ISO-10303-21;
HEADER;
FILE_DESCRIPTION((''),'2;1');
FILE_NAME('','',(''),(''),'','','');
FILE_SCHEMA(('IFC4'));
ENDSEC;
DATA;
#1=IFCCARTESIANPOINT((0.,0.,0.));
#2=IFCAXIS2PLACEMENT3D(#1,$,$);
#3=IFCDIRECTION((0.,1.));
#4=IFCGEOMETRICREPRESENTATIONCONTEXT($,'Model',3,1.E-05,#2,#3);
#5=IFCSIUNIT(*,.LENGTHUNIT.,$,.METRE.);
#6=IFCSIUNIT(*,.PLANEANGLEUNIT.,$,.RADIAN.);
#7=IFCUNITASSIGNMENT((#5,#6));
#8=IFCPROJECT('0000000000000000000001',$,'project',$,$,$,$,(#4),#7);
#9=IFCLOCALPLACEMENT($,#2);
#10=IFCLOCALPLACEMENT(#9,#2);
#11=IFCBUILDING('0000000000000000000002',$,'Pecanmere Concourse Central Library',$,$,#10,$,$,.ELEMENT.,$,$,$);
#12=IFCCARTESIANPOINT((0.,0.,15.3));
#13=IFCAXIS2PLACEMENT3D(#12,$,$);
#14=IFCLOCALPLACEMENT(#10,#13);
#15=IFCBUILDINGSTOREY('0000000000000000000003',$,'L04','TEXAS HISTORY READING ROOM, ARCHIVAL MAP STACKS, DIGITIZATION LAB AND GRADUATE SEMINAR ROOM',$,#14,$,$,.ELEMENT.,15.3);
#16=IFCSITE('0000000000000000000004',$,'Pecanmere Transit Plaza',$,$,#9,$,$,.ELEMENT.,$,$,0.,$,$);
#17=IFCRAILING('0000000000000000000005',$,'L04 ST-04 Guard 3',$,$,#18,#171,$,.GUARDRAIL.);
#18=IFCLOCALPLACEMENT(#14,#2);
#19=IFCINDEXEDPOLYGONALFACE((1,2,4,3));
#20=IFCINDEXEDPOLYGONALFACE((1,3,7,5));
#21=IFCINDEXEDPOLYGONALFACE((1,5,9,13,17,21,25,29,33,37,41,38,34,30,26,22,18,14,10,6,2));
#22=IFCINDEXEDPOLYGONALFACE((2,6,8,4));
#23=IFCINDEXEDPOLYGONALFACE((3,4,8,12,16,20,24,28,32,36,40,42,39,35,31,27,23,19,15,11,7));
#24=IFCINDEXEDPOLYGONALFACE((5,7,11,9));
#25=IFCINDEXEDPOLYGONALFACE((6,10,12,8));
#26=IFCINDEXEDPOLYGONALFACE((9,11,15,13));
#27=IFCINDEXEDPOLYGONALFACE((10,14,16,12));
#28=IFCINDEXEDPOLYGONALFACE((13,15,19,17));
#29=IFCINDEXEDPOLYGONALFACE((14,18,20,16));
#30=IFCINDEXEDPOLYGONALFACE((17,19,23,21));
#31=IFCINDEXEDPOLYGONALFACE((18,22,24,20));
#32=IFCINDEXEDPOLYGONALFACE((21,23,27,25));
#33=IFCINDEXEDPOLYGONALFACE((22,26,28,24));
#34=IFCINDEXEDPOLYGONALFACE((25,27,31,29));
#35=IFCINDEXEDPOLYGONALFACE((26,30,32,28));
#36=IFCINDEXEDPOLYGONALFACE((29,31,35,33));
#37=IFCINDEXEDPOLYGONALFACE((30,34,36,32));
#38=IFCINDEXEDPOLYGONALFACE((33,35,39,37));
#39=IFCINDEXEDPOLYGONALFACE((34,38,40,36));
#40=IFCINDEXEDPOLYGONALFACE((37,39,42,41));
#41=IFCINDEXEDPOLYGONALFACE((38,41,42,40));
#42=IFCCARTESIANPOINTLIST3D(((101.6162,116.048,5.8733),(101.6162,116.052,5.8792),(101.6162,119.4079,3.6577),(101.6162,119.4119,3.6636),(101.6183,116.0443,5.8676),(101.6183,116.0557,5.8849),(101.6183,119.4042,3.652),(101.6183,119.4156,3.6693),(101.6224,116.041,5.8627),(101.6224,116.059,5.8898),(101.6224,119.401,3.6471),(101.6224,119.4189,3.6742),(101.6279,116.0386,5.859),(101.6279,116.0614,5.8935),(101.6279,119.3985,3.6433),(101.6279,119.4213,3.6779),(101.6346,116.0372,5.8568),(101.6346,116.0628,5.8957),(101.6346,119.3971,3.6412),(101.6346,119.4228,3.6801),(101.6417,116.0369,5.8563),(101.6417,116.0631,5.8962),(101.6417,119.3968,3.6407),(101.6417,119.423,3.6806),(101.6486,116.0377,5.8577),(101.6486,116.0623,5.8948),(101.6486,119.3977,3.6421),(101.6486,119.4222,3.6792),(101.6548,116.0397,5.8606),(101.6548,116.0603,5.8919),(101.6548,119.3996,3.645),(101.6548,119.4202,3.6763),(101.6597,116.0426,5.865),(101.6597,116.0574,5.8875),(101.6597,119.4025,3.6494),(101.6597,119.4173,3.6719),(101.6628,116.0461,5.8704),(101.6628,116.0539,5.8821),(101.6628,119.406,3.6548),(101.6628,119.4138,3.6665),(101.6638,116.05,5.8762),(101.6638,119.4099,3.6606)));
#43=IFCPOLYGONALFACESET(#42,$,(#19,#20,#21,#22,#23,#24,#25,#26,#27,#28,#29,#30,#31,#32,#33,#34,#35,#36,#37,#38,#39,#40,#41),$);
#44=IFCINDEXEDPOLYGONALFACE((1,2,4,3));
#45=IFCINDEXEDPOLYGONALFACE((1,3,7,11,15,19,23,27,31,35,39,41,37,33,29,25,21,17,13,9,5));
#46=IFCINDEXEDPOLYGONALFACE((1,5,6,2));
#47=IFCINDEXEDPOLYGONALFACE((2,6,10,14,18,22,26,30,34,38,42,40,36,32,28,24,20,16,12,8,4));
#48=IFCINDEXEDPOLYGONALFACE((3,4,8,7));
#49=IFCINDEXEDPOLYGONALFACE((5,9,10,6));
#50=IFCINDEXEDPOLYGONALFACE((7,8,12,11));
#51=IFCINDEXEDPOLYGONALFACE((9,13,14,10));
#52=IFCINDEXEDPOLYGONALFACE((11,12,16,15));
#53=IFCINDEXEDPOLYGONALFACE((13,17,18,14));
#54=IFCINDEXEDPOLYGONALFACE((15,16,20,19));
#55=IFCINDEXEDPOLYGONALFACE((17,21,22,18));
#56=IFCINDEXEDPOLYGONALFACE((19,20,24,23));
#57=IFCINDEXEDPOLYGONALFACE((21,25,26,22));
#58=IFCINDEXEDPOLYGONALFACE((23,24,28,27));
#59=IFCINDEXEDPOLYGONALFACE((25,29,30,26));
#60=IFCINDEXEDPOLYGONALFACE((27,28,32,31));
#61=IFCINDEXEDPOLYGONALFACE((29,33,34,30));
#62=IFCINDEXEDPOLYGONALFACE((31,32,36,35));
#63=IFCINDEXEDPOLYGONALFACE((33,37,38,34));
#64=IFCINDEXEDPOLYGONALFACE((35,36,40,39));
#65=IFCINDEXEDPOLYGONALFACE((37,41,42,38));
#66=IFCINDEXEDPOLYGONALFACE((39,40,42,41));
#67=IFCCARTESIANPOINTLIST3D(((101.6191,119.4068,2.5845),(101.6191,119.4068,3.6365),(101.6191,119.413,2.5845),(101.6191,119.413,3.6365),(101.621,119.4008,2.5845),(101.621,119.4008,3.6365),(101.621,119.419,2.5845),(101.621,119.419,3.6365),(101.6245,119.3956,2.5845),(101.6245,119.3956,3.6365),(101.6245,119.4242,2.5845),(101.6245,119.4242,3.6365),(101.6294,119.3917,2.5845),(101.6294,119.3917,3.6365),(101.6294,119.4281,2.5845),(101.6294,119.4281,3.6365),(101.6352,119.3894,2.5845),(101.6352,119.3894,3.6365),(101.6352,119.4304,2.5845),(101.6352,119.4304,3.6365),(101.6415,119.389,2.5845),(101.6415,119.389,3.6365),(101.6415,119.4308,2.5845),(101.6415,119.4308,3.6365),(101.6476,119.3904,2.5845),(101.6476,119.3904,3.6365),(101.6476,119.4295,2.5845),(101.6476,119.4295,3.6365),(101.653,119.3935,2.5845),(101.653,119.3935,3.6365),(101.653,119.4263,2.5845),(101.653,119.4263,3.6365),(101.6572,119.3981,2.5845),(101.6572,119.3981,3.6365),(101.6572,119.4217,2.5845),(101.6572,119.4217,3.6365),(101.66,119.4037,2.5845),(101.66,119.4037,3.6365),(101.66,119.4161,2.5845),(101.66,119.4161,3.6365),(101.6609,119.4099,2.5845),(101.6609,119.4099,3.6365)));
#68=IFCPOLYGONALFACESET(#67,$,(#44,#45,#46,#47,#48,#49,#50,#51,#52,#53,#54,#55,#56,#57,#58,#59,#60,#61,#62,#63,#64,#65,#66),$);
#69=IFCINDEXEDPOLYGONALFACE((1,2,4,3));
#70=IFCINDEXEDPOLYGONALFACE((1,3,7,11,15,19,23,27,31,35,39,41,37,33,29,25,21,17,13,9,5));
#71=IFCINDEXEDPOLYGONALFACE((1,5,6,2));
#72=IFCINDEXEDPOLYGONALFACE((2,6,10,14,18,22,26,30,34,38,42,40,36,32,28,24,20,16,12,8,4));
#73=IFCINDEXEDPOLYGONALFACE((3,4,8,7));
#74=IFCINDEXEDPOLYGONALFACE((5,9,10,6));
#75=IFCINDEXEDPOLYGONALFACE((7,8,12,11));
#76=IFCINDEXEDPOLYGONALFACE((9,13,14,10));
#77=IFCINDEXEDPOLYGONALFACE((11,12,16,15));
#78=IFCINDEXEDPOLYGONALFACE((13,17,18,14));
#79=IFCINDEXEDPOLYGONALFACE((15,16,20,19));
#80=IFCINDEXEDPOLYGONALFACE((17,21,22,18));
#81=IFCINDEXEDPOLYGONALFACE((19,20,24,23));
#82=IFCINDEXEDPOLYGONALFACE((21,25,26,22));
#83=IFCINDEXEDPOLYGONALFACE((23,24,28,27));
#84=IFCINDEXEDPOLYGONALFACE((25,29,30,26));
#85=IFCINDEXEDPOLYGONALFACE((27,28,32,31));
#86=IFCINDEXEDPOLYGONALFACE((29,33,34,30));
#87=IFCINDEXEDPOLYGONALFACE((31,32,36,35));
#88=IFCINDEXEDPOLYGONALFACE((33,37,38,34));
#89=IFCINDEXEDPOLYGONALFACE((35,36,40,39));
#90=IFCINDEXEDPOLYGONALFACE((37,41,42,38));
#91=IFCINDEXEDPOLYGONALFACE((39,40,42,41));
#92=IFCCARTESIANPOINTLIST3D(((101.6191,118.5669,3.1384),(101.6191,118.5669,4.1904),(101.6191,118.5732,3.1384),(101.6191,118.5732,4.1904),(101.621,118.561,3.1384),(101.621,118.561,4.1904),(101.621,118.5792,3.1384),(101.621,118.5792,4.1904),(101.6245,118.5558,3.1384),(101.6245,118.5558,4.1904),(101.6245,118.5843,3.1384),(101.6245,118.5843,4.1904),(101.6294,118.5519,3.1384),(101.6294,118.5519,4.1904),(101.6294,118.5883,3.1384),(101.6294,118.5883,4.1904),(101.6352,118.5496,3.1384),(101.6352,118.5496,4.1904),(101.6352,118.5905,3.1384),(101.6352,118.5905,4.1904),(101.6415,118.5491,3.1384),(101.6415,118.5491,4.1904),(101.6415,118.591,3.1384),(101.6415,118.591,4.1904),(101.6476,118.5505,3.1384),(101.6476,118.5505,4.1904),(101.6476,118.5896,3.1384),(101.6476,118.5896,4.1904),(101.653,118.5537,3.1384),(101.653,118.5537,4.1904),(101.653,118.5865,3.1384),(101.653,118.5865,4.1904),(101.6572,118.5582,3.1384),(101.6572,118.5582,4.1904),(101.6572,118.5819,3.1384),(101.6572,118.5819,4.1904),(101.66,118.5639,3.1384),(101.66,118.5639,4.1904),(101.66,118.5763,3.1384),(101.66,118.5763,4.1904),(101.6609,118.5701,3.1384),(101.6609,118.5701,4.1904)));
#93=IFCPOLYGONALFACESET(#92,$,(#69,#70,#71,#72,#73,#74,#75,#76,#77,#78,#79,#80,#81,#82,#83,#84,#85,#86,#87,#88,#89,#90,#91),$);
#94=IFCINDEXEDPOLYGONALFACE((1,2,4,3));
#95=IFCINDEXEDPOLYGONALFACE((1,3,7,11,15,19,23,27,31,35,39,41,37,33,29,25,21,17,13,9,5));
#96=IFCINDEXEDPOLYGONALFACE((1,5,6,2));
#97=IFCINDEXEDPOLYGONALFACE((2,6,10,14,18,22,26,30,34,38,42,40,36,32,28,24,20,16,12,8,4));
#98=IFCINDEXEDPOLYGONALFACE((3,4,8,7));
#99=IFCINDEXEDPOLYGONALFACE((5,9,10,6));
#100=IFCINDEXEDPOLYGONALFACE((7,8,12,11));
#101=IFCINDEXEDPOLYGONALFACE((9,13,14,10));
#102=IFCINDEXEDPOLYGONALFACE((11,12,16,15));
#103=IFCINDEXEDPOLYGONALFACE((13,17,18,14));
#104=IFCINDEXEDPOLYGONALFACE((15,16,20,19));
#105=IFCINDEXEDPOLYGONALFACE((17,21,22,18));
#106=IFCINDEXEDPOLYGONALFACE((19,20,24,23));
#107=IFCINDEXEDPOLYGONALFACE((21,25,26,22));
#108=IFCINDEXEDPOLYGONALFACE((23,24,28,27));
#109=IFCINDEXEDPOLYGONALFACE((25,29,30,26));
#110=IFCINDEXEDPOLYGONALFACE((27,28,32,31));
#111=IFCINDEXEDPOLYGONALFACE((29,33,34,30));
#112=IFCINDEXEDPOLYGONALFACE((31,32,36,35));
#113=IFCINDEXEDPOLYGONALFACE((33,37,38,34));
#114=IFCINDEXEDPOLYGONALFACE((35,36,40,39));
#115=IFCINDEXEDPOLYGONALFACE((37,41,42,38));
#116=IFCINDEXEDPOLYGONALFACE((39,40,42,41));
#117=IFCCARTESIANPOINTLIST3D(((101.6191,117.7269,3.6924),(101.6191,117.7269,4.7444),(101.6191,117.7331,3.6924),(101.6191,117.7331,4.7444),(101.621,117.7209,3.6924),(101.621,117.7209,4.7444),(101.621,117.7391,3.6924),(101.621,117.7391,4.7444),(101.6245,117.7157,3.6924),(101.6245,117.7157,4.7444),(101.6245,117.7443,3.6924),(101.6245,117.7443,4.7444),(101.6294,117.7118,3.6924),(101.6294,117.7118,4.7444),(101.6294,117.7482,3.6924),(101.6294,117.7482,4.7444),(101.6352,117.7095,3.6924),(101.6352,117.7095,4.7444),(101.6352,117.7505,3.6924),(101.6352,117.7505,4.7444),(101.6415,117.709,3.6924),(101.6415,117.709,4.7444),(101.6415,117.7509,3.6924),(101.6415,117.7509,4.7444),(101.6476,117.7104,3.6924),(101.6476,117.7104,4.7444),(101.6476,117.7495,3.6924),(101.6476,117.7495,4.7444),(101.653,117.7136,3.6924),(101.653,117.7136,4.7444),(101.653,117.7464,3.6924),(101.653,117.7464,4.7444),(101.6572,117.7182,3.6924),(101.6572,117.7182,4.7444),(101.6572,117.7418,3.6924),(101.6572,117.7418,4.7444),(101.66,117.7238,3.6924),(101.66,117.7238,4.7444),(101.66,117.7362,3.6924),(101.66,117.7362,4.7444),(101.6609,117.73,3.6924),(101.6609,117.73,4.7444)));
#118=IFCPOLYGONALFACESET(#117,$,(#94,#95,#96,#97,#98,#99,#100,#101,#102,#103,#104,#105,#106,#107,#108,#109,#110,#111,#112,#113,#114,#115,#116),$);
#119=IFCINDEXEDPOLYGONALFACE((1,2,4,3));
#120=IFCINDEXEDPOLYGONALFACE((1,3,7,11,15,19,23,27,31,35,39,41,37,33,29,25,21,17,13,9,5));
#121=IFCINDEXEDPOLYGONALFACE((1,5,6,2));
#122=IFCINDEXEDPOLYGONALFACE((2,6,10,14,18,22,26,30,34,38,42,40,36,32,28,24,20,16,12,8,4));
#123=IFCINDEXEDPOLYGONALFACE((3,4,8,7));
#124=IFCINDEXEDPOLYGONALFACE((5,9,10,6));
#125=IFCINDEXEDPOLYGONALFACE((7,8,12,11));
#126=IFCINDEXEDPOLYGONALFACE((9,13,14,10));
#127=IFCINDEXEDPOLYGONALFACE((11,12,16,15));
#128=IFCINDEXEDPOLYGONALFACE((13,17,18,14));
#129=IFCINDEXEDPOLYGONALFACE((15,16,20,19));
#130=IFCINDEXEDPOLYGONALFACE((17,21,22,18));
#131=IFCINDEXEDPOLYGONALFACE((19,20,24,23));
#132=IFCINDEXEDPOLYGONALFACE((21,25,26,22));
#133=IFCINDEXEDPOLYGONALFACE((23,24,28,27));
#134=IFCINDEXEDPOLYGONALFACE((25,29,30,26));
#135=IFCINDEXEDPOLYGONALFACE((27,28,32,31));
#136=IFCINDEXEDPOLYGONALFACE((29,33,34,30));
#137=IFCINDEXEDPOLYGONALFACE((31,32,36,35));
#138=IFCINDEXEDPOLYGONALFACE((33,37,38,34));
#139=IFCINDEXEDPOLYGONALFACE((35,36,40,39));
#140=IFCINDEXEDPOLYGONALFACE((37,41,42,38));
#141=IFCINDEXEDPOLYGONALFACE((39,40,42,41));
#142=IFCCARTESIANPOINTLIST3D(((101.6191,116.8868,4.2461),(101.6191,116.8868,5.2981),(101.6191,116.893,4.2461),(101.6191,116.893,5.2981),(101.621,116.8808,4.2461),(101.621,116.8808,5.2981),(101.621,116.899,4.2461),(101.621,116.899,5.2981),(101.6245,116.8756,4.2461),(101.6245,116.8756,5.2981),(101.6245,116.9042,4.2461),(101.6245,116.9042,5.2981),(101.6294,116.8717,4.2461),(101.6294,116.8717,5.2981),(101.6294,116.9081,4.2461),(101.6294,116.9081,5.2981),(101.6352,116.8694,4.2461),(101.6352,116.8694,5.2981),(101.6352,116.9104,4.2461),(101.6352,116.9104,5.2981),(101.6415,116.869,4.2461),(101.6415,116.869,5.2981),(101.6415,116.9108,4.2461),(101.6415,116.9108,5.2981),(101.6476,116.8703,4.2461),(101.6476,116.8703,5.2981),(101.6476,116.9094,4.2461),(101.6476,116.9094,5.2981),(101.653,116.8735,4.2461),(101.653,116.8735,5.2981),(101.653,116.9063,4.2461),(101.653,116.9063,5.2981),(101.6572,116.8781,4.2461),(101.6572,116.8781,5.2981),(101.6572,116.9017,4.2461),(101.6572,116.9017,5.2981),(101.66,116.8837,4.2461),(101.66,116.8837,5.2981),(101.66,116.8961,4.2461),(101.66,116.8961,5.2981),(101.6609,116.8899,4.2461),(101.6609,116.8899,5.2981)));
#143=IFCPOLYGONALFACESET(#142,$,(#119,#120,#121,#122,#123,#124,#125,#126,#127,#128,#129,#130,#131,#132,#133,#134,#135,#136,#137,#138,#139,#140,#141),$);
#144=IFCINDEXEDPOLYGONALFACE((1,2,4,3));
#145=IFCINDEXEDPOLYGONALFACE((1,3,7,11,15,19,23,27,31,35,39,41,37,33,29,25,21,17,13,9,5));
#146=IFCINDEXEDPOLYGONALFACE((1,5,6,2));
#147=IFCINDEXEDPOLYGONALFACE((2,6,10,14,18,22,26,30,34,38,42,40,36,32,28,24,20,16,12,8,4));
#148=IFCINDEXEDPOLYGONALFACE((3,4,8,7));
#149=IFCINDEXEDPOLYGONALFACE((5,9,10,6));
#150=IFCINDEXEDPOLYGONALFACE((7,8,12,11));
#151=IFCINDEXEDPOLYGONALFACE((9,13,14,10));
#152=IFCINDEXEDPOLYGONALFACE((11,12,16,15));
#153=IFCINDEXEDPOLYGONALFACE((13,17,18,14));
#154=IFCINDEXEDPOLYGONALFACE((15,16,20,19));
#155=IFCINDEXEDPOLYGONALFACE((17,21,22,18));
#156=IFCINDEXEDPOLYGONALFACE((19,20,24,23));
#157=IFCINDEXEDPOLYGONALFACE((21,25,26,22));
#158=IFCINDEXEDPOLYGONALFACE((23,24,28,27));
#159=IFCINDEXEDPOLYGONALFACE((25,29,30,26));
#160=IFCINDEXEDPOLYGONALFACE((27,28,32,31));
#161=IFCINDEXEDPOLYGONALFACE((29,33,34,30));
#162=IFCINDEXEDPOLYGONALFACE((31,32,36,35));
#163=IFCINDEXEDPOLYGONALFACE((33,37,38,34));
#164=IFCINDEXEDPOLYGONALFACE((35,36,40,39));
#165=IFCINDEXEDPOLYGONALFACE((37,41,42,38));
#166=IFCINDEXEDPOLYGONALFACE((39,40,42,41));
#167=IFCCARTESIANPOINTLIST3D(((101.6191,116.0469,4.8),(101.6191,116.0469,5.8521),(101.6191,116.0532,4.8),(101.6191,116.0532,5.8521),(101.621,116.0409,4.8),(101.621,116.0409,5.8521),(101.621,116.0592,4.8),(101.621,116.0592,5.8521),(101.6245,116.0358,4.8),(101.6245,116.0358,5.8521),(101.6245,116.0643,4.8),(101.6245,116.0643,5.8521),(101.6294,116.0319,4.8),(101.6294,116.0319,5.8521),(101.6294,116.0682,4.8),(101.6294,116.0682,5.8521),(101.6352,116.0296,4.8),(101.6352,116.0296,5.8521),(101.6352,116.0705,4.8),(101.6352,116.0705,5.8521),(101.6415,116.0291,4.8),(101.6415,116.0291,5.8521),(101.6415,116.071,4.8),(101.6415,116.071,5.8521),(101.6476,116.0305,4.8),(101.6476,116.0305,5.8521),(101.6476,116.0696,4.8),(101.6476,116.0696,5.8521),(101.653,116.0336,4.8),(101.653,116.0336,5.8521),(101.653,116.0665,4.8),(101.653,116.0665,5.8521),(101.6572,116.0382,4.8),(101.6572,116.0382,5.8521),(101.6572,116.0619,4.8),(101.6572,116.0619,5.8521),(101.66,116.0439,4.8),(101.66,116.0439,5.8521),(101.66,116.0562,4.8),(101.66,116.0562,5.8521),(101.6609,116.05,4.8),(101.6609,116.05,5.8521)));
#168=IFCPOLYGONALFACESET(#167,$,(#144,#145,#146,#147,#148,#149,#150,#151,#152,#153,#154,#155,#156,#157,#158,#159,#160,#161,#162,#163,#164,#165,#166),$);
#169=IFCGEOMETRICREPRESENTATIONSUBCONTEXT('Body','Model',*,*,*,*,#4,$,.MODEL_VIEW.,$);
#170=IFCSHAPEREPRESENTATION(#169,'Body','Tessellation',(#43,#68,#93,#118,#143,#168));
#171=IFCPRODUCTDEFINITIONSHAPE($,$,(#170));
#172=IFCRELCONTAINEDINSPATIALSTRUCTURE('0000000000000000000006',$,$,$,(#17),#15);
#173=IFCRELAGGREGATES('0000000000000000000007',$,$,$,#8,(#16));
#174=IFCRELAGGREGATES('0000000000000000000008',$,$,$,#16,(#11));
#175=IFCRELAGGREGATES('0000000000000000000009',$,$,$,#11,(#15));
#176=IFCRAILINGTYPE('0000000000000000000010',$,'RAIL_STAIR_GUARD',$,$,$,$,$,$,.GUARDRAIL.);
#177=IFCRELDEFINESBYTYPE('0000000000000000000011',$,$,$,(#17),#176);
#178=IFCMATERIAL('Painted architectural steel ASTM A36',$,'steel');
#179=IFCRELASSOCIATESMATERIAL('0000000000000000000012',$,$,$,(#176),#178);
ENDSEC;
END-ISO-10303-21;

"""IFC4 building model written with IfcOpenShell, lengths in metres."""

from ifc_helpers import new_model, si_unit, direction, frame, origin, origin_2d, place, context, subcontext, project, spatial, circle, extrude, material, type_object, element, save


model = new_model("IFC4")

# Units and contexts
model_context = context("Model", 3, precision=1e-05, world=origin(), true_north=direction((0.0, 1.0)))
body_context = subcontext(model_context, "Body", "Model", "MODEL_VIEW")
ifc_project = project(units=[si_unit("LENGTHUNIT", "METRE"), si_unit("PLANEANGLEUNIT", "RADIAN")], contexts=[model_context])

# Site, building, storey
site_placement = place(None, origin())
site = spatial("IfcSite", under=ifc_project, at=site_placement, Name="Pecanmere Transit Plaza", CompositionType="ELEMENT", RefElevation=0.0)
building_placement = place(site_placement, origin())
building = spatial("IfcBuilding", under=site, at=building_placement, Name="Pecanmere Concourse Central Library", CompositionType="ELEMENT")
storey_placement = place(building_placement, frame((0.0, 0.0, 15.3)))
storey = spatial("IfcBuildingStorey", under=building, at=storey_placement, Name="L04", Description="TEXAS HISTORY READING ROOM, ARCHIVAL MAP STACKS, DIGITIZATION LAB AND GRADUATE SEMINAR ROOM", CompositionType="ELEMENT", Elevation=15.3)

# Railing
ifc_material_1 = material(Name="Painted architectural steel ASTM A36", Category="steel")
railing_type_1 = type_object("IfcRailingType", Name="RAIL_STAIR_GUARD", PredefinedType="GUARDRAIL", material=ifc_material_1)
railing_1_placement = place(storey_placement, frame((101.6399, 119.4099, 2.5845)))
element("IfcRailing", 1, at=railing_1_placement, inside=storey, type_object=railing_type_1, Name="L04 ST-04 Guard 3", PredefinedType="GUARDRAIL", context=body_context, shape_type="SweptSolid", body=[
    extrude(circle(Radius=0.0239, at=origin_2d()), frame((0.0, 0.0, 1.0762), z_axis=(0.0, -0.83483, 0.550508), x_axis=(1.0, 0.0, 0.0)), (0.0, 0.0, 1.0), 4.0247),
    extrude(circle(Radius=0.021, at=origin_2d()), origin(), (0.0, 0.0, 1.0), 1.052),
    extrude(circle(Radius=0.021, at=origin_2d()), frame((0.0, -0.8398, 0.554)), (0.0, 0.0, 1.0), 1.052),
    extrude(circle(Radius=0.021, at=origin_2d()), frame((0.0, -1.6799, 1.1079)), (0.0, 0.0, 1.0), 1.052),
    extrude(circle(Radius=0.021, at=origin_2d()), frame((0.0, -2.52, 1.6616)), (0.0, 0.0, 1.0), 1.052),
    extrude(circle(Radius=0.021, at=origin_2d()), frame((0.0, -3.3599, 2.2156)), (0.0, 0.0, 1.0), 1.052),
])

save(model, "model.ifc")
